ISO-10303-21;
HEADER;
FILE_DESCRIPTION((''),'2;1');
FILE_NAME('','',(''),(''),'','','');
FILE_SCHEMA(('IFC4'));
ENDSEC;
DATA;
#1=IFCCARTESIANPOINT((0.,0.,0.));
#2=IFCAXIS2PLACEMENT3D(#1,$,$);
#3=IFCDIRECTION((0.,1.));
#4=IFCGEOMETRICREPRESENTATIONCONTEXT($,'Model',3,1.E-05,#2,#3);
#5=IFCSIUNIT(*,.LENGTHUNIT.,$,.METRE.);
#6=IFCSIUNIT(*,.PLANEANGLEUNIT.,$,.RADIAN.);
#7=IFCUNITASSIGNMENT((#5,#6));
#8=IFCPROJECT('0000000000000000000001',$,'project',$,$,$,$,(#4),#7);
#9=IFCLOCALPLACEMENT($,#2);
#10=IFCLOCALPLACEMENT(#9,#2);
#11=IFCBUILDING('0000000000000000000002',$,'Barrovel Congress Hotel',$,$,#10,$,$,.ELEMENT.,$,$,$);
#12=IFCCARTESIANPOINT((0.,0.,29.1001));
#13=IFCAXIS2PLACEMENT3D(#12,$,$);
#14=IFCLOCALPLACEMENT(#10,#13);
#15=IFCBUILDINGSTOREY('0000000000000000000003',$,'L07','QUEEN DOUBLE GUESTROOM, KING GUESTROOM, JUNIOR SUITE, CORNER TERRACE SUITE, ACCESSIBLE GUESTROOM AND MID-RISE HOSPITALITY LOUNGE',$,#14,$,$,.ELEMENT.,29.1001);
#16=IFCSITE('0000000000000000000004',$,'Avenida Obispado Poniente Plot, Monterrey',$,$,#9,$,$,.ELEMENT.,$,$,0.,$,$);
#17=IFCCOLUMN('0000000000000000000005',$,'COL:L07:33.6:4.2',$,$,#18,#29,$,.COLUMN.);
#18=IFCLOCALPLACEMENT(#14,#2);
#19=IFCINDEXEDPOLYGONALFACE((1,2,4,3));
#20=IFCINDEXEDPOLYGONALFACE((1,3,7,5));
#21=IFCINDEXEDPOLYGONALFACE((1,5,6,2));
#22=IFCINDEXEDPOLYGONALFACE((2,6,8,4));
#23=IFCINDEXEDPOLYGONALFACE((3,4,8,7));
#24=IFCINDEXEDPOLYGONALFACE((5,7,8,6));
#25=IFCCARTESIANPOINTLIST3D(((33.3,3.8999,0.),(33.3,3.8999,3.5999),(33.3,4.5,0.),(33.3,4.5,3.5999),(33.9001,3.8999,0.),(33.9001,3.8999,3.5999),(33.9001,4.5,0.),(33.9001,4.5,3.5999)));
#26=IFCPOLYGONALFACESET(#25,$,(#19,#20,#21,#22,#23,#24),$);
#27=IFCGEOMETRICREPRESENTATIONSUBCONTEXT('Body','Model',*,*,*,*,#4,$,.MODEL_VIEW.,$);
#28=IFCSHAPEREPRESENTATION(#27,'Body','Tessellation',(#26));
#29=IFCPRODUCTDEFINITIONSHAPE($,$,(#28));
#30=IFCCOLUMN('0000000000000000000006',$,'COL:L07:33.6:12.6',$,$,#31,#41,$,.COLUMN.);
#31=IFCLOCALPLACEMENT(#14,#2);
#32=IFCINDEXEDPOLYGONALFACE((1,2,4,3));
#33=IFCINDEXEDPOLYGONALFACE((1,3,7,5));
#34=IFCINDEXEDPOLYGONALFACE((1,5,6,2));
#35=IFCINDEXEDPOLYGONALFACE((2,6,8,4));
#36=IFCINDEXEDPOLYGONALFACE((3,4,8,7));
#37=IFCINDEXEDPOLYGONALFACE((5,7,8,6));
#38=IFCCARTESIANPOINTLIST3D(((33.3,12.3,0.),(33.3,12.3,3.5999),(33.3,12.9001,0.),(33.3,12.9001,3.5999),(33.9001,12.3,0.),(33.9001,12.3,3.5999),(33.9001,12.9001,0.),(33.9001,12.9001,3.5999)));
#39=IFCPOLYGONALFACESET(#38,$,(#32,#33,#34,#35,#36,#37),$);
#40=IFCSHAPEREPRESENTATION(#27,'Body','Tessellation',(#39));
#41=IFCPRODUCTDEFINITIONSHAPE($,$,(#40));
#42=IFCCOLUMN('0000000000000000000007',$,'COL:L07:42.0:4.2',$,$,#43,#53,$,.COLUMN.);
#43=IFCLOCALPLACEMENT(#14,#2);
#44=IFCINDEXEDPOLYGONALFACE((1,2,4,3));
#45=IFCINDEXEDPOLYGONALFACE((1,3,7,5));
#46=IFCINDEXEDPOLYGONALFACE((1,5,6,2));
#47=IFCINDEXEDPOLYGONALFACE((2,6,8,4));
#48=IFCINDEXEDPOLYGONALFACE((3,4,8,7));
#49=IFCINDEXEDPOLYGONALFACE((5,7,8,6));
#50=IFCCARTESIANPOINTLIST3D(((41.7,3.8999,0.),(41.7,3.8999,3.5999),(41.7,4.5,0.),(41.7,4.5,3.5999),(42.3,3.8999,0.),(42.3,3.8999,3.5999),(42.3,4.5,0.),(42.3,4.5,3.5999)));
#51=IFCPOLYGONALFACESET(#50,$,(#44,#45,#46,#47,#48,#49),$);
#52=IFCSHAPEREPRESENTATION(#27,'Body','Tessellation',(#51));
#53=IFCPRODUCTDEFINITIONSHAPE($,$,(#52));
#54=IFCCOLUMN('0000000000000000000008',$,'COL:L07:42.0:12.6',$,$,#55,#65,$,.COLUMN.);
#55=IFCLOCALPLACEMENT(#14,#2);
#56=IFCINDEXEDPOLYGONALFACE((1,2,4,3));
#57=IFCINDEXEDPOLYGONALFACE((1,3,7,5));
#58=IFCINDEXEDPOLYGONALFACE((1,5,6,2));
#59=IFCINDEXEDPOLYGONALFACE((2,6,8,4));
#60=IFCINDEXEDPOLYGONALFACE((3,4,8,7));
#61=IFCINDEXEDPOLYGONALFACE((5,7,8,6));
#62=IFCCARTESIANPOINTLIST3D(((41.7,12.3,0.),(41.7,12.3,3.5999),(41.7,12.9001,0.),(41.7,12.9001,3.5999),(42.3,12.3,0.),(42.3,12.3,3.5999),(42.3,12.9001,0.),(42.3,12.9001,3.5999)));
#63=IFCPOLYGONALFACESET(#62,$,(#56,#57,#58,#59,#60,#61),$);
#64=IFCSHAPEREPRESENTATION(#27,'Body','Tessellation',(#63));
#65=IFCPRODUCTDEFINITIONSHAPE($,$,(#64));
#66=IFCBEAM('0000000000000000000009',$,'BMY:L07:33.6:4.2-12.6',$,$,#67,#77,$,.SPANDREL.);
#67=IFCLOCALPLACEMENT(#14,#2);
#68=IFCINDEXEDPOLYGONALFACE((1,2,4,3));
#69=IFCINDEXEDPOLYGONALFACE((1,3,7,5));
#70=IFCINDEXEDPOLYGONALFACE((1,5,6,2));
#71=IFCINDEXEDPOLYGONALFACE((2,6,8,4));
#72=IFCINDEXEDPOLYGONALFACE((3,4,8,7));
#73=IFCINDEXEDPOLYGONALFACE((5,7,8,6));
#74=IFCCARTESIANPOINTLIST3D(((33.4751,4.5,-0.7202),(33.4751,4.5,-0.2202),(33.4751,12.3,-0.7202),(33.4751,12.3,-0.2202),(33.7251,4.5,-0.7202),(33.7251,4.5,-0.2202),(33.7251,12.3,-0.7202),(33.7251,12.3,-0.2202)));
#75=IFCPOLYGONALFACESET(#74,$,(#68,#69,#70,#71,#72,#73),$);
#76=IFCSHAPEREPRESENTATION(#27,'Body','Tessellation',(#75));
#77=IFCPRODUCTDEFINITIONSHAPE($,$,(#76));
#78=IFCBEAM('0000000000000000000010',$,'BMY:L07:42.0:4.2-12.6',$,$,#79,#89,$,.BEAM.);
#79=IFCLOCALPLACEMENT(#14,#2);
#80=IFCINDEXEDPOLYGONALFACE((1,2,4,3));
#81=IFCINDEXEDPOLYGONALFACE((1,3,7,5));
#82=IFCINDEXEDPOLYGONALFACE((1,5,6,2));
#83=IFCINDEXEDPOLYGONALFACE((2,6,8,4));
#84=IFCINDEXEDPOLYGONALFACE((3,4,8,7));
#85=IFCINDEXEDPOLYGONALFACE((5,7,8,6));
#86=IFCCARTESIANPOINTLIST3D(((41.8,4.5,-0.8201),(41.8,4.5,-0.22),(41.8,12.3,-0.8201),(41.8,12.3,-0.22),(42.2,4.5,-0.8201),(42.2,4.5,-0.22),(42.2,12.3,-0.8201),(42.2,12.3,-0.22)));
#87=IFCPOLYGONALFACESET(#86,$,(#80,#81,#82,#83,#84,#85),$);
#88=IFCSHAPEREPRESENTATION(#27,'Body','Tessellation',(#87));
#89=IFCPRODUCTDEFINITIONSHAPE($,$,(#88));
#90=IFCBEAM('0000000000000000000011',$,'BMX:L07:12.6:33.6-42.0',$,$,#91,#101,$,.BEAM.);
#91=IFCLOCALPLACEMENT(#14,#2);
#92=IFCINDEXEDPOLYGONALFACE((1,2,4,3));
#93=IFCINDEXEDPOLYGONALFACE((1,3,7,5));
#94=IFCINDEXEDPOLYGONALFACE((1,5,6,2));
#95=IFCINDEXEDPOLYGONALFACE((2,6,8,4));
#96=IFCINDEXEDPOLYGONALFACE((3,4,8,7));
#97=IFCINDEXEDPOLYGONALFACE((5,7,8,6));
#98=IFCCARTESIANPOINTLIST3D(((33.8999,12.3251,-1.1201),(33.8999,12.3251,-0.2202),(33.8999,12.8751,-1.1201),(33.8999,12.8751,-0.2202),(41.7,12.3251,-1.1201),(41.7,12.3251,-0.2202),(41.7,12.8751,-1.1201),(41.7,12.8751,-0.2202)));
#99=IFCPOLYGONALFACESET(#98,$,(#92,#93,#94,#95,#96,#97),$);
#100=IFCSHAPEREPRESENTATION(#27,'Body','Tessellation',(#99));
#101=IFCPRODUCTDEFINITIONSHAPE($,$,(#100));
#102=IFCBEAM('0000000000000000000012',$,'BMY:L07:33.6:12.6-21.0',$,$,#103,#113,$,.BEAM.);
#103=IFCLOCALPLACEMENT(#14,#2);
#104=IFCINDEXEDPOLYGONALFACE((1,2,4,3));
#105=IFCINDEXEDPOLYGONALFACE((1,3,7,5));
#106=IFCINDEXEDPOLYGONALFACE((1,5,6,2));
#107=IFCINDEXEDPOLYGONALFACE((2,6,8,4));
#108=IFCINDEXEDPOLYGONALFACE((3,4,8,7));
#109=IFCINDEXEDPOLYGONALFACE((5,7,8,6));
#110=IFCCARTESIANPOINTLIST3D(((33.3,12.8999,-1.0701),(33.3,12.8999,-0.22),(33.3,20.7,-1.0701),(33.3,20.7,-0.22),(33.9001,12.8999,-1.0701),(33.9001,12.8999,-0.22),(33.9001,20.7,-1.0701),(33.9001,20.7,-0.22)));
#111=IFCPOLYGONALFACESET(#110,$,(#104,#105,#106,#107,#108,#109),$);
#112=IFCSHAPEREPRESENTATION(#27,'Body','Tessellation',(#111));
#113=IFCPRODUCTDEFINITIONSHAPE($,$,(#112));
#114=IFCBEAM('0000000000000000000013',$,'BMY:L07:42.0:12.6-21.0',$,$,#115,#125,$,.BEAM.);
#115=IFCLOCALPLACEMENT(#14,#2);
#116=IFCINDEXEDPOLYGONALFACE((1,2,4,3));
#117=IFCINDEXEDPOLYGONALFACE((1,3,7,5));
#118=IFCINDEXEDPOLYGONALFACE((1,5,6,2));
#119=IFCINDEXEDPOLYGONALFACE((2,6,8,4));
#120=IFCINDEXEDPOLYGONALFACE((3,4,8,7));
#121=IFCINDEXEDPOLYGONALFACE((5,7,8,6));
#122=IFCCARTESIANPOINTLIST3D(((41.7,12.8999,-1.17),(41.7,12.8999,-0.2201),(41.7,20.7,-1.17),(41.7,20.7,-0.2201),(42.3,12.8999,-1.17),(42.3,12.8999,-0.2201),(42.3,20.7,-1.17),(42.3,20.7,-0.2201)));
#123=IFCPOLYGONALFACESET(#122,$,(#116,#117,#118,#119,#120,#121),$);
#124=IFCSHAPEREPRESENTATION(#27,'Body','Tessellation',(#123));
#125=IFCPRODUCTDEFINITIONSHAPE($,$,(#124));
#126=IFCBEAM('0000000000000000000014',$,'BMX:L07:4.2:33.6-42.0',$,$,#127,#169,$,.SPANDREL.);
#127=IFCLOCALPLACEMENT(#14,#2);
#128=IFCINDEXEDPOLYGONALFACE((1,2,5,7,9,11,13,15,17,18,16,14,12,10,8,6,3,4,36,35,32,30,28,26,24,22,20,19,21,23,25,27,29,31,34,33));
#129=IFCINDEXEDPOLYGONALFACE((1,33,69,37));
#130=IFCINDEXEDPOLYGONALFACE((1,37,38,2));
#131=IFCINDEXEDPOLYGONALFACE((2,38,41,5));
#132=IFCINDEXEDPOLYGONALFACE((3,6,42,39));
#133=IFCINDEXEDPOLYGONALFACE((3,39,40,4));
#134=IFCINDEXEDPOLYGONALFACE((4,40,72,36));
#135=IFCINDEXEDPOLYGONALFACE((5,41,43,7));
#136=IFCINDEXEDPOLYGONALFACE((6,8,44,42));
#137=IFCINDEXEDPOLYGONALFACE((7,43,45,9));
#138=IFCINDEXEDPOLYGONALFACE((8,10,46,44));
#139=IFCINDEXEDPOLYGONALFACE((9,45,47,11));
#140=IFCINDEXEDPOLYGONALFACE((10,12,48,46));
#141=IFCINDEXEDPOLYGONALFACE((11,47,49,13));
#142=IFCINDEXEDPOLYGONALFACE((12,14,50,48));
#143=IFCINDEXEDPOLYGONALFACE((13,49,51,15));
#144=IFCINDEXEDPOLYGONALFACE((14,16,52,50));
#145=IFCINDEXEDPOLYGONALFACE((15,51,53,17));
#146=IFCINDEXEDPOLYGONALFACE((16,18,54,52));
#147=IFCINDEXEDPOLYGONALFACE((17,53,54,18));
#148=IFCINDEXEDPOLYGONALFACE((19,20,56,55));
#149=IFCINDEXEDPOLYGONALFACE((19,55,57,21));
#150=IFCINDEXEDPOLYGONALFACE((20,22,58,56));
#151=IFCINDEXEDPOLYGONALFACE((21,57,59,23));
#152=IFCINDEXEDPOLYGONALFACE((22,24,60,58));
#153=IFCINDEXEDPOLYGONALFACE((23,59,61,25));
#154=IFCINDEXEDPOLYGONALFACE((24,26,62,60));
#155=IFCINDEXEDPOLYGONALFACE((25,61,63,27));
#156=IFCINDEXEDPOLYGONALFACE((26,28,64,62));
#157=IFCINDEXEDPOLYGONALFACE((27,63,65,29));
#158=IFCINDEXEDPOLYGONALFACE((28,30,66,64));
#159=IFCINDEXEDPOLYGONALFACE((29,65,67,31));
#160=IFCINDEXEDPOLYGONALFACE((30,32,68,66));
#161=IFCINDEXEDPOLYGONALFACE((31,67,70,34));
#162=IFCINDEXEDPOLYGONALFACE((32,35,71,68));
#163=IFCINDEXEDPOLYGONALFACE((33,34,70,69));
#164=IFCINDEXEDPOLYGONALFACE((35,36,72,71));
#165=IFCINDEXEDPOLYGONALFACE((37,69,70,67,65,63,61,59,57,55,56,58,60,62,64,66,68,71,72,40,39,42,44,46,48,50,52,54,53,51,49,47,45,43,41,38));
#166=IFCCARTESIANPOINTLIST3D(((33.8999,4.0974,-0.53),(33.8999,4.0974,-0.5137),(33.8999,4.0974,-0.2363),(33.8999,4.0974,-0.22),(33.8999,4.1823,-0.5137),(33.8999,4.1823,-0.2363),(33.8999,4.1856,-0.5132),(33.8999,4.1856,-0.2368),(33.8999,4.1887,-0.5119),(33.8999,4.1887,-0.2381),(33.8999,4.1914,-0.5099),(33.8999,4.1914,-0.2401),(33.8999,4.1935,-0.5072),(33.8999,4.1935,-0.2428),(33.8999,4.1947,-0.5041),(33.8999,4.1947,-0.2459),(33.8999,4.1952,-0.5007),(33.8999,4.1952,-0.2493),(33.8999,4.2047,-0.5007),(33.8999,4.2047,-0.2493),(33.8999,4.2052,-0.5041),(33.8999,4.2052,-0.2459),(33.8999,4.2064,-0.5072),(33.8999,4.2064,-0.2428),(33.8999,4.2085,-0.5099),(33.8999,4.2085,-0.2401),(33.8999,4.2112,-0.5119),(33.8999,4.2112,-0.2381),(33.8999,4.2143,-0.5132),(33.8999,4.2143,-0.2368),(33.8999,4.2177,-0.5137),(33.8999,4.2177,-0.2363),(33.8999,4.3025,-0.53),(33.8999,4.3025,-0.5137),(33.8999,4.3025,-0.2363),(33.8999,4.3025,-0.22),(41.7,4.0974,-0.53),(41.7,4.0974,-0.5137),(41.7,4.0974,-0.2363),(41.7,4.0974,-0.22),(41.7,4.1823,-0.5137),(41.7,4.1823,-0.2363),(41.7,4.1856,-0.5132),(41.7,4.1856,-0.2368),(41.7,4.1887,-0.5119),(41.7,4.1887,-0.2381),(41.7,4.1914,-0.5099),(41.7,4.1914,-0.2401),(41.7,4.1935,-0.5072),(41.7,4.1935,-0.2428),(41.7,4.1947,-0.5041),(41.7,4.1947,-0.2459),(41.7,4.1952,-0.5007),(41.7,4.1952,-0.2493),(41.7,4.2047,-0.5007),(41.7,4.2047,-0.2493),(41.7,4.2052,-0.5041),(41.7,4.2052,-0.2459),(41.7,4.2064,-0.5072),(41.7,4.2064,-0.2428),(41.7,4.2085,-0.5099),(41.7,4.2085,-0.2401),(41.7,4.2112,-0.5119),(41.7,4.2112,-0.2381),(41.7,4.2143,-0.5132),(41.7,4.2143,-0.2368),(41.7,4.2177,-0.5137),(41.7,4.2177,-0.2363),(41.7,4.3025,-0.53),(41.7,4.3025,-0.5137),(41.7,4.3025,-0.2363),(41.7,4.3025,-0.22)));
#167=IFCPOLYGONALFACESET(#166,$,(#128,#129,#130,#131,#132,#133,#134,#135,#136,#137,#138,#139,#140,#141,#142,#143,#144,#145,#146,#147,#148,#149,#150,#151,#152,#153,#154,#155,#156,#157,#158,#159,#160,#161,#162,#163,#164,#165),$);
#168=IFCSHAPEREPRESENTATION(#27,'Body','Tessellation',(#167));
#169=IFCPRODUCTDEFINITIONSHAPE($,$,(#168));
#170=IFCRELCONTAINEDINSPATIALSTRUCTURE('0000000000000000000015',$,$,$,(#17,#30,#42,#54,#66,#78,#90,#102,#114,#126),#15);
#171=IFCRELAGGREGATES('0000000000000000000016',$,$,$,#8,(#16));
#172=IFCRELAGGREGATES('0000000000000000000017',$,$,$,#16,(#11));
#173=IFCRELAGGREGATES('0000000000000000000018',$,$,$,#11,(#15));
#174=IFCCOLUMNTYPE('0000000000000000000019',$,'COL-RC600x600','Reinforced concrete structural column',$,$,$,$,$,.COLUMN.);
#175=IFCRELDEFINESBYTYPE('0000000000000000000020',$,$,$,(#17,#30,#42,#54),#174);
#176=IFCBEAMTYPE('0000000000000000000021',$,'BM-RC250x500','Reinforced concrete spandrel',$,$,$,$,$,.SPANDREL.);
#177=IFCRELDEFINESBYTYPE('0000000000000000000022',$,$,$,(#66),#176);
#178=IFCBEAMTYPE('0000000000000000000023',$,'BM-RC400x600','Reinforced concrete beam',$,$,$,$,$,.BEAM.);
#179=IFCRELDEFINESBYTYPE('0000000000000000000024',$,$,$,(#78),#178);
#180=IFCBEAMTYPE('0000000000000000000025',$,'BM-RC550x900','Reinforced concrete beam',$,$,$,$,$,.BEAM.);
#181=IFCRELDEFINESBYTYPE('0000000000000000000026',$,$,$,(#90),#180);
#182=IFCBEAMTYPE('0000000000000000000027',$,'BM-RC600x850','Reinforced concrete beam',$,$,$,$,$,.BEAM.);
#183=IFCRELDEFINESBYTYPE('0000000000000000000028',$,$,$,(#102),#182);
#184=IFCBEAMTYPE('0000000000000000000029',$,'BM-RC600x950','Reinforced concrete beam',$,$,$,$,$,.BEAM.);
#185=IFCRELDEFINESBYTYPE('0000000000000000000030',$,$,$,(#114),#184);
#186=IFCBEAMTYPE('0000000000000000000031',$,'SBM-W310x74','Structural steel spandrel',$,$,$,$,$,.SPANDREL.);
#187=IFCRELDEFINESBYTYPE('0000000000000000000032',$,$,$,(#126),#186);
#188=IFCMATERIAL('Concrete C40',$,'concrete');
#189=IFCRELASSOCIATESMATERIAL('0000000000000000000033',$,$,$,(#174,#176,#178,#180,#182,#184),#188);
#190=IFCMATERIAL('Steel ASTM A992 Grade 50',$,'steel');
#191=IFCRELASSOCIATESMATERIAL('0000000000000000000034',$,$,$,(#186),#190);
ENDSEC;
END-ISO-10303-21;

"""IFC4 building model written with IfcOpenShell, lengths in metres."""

from ifc_helpers import new_model, si_unit, direction, frame, origin, origin_2d, place, context, subcontext, project, spatial, rectangle, i_section, extrude, material, material_profile, profile_set, type_object, element, save


model = new_model("IFC4")

# Units and contexts
model_context = context("Model", 3, precision=1e-05, world=origin(), true_north=direction((0.0, 1.0)))
body_context = subcontext(model_context, "Body", "Model", "MODEL_VIEW")
ifc_project = project(units=[si_unit("LENGTHUNIT", "METRE"), si_unit("PLANEANGLEUNIT", "RADIAN")], contexts=[model_context])

# Site, building, storey
site_placement = place(None, origin())
site = spatial("IfcSite", under=ifc_project, at=site_placement, Name="Avenida Obispado Poniente Plot, Monterrey", CompositionType="ELEMENT", RefElevation=0.0)
building_placement = place(site_placement, origin())
building = spatial("IfcBuilding", under=site, at=building_placement, Name="Barrovel Congress Hotel", CompositionType="ELEMENT")
storey_placement = place(building_placement, frame((0.0, 0.0, 29.1001)))
storey = spatial("IfcBuildingStorey", under=building, at=storey_placement, Name="L07", Description="QUEEN DOUBLE GUESTROOM, KING GUESTROOM, JUNIOR SUITE, CORNER TERRACE SUITE, ACCESSIBLE GUESTROOM AND MID-RISE HOSPITALITY LOUNGE", CompositionType="ELEMENT", Elevation=29.1001)

# Columns
ifc_material_1 = material(Name="Concrete C40", Category="concrete")
ifc_material_profile_1 = material_profile(ifc_material_1, rectangle(XDim=0.6001, YDim=0.6001, at=origin_2d()), Name="RC600x600")
ifc_profile_set_1 = profile_set([ifc_material_profile_1], Name="Concrete C40")
column_type = type_object("IfcColumnType", Name="COL-RC600x600", Description="Reinforced concrete structural column", PredefinedType="COLUMN", material=ifc_profile_set_1)
for number, where, z_axis, x_axis, name in (
    (1, (33.6001, 4.2, 0.0), (0.0, 0.0, 1.0), (1.0, 0.0, 0.0), "COL:L07:33.6:4.2"),
    (2, (33.6001, 12.6001, 0.0), (0.0, 0.0, 1.0), (1.0, 0.0, 0.0), "COL:L07:33.6:12.6"),
    (3, (42.0, 4.2, 0.0), (0.0, 0.0, 1.0), (1.0, 0.0, 0.0), "COL:L07:42.0:4.2"),
    (4, (42.0, 12.6001, 0.0), (0.0, 0.0, 1.0), (1.0, 0.0, 0.0), "COL:L07:42.0:12.6"),
):
    element("IfcColumn", number, at=place(storey_placement, frame(where, z_axis=z_axis, x_axis=x_axis)), inside=storey, type_object=column_type, Name=name, PredefinedType="COLUMN", context=body_context, shape_type="SweptSolid", body=[
        extrude(rectangle(XDim=0.6001, YDim=0.6001, at=origin_2d()), origin(), (0.0, 0.0, 1.0), 3.5999),
    ])

# Beams
ifc_material_profile_2 = material_profile(ifc_material_1, rectangle(XDim=0.25, YDim=0.5, at=origin_2d()), Name="RC250x500")
ifc_profile_set_2 = profile_set([ifc_material_profile_2], Name="Concrete C40")
beam_type_1 = type_object("IfcBeamType", Name="BM-RC250x500", Description="Reinforced concrete spandrel", PredefinedType="SPANDREL", material=ifc_profile_set_2)
beam_1_placement = place(storey_placement, frame((33.6001, 4.5, -0.4702), z_axis=(0.0, 1.0, 0.0), x_axis=(-1.0, 0.0, 0.0)))
element("IfcBeam", 5, at=beam_1_placement, inside=storey, type_object=beam_type_1, Name="BMY:L07:33.6:4.2-12.6", PredefinedType="SPANDREL", context=body_context, shape_type="SweptSolid", body=[
    extrude(rectangle(XDim=0.25, YDim=0.5, at=origin_2d()), origin(), (0.0, 0.0, 1.0), 7.8),
])
ifc_material_profile_3 = material_profile(ifc_material_1, rectangle(XDim=0.3999, YDim=0.6001, at=origin_2d()), Name="RC400x600")
ifc_profile_set_3 = profile_set([ifc_material_profile_3], Name="Concrete C40")
beam_type_2 = type_object("IfcBeamType", Name="BM-RC400x600", Description="Reinforced concrete beam", PredefinedType="BEAM", material=ifc_profile_set_3)
beam_2_placement = place(storey_placement, frame((42.0, 4.5, -0.52), z_axis=(0.0, 1.0, 0.0), x_axis=(-1.0, 0.0, 0.0)))
element("IfcBeam", 6, at=beam_2_placement, inside=storey, type_object=beam_type_2, Name="BMY:L07:42.0:4.2-12.6", PredefinedType="BEAM", context=body_context, shape_type="SweptSolid", body=[
    extrude(rectangle(XDim=0.3999, YDim=0.6001, at=origin_2d()), origin(), (0.0, 0.0, 1.0), 7.8),
])
ifc_material_profile_4 = material_profile(ifc_material_1, rectangle(XDim=0.55, YDim=0.8999, at=origin_2d()), Name="RC550x900")
ifc_profile_set_4 = profile_set([ifc_material_profile_4], Name="Concrete C40")
beam_type_3 = type_object("IfcBeamType", Name="BM-RC550x900", Description="Reinforced concrete beam", PredefinedType="BEAM", material=ifc_profile_set_4)
beam_3_placement = place(storey_placement, frame((33.8999, 12.6001, -0.6702), z_axis=(1.0, 0.0, 0.0), x_axis=(0.0, 1.0, 0.0)))
element("IfcBeam", 7, at=beam_3_placement, inside=storey, type_object=beam_type_3, Name="BMX:L07:12.6:33.6-42.0", PredefinedType="BEAM", context=body_context, shape_type="SweptSolid", body=[
    extrude(rectangle(XDim=0.55, YDim=0.8999, at=origin_2d()), origin(), (0.0, 0.0, 1.0), 7.8),
])
ifc_material_profile_5 = material_profile(ifc_material_1, rectangle(XDim=0.6001, YDim=0.8501, at=origin_2d()), Name="RC600x850")
ifc_profile_set_5 = profile_set([ifc_material_profile_5], Name="Concrete C40")
beam_type_4 = type_object("IfcBeamType", Name="BM-RC600x850", Description="Reinforced concrete beam", PredefinedType="BEAM", material=ifc_profile_set_5)
beam_4_placement = place(storey_placement, frame((33.6001, 12.8999, -0.645), z_axis=(0.0, 1.0, 0.0), x_axis=(-1.0, 0.0, 0.0)))
element("IfcBeam", 8, at=beam_4_placement, inside=storey, type_object=beam_type_4, Name="BMY:L07:33.6:12.6-21.0", PredefinedType="BEAM", context=body_context, shape_type="SweptSolid", body=[
    extrude(rectangle(XDim=0.6001, YDim=0.8501, at=origin_2d()), origin(), (0.0, 0.0, 1.0), 7.8),
])
ifc_material_profile_6 = material_profile(ifc_material_1, rectangle(XDim=0.6001, YDim=0.95, at=origin_2d()), Name="RC600x950")
ifc_profile_set_6 = profile_set([ifc_material_profile_6], Name="Concrete C40")
beam_type_5 = type_object("IfcBeamType", Name="BM-RC600x950", Description="Reinforced concrete beam", PredefinedType="BEAM", material=ifc_profile_set_6)
beam_5_placement = place(storey_placement, frame((42.0, 12.8999, -0.6951), z_axis=(0.0, 1.0, 0.0), x_axis=(-1.0, 0.0, 0.0)))
element("IfcBeam", 9, at=beam_5_placement, inside=storey, type_object=beam_type_5, Name="BMY:L07:42.0:12.6-21.0", PredefinedType="BEAM", context=body_context, shape_type="SweptSolid", body=[
    extrude(rectangle(XDim=0.6001, YDim=0.95, at=origin_2d()), origin(), (0.0, 0.0, 1.0), 7.8),
])
ifc_material_2 = material(Name="Steel ASTM A992 Grade 50", Category="steel")
ifc_material_profile_7 = material_profile(ifc_material_2, i_section(OverallWidth=0.2051, OverallDepth=0.3101, WebThickness=0.0095, FlangeThickness=0.0164, FilletRadius=0.0129, at=origin_2d()), Name="W310x74")
ifc_profile_set_7 = profile_set([ifc_material_profile_7], Name="Steel ASTM A992 Grade 50")
beam_type_6 = type_object("IfcBeamType", Name="SBM-W310x74", Description="Structural steel spandrel", PredefinedType="SPANDREL", material=ifc_profile_set_7)
beam_6_placement = place(storey_placement, frame((33.8999, 4.2, -0.375), z_axis=(1.0, 0.0, 0.0), x_axis=(0.0, 1.0, 0.0)))
element("IfcBeam", 10, at=beam_6_placement, inside=storey, type_object=beam_type_6, Name="BMX:L07:4.2:33.6-42.0", PredefinedType="SPANDREL", context=body_context, shape_type="SweptSolid", body=[
    extrude(i_section(OverallWidth=0.2051, OverallDepth=0.3101, WebThickness=0.0095, FlangeThickness=0.0164, FilletRadius=0.0129, at=origin_2d()), origin(), (0.0, 0.0, 1.0), 7.8),
])

save(model, "model.ifc")
